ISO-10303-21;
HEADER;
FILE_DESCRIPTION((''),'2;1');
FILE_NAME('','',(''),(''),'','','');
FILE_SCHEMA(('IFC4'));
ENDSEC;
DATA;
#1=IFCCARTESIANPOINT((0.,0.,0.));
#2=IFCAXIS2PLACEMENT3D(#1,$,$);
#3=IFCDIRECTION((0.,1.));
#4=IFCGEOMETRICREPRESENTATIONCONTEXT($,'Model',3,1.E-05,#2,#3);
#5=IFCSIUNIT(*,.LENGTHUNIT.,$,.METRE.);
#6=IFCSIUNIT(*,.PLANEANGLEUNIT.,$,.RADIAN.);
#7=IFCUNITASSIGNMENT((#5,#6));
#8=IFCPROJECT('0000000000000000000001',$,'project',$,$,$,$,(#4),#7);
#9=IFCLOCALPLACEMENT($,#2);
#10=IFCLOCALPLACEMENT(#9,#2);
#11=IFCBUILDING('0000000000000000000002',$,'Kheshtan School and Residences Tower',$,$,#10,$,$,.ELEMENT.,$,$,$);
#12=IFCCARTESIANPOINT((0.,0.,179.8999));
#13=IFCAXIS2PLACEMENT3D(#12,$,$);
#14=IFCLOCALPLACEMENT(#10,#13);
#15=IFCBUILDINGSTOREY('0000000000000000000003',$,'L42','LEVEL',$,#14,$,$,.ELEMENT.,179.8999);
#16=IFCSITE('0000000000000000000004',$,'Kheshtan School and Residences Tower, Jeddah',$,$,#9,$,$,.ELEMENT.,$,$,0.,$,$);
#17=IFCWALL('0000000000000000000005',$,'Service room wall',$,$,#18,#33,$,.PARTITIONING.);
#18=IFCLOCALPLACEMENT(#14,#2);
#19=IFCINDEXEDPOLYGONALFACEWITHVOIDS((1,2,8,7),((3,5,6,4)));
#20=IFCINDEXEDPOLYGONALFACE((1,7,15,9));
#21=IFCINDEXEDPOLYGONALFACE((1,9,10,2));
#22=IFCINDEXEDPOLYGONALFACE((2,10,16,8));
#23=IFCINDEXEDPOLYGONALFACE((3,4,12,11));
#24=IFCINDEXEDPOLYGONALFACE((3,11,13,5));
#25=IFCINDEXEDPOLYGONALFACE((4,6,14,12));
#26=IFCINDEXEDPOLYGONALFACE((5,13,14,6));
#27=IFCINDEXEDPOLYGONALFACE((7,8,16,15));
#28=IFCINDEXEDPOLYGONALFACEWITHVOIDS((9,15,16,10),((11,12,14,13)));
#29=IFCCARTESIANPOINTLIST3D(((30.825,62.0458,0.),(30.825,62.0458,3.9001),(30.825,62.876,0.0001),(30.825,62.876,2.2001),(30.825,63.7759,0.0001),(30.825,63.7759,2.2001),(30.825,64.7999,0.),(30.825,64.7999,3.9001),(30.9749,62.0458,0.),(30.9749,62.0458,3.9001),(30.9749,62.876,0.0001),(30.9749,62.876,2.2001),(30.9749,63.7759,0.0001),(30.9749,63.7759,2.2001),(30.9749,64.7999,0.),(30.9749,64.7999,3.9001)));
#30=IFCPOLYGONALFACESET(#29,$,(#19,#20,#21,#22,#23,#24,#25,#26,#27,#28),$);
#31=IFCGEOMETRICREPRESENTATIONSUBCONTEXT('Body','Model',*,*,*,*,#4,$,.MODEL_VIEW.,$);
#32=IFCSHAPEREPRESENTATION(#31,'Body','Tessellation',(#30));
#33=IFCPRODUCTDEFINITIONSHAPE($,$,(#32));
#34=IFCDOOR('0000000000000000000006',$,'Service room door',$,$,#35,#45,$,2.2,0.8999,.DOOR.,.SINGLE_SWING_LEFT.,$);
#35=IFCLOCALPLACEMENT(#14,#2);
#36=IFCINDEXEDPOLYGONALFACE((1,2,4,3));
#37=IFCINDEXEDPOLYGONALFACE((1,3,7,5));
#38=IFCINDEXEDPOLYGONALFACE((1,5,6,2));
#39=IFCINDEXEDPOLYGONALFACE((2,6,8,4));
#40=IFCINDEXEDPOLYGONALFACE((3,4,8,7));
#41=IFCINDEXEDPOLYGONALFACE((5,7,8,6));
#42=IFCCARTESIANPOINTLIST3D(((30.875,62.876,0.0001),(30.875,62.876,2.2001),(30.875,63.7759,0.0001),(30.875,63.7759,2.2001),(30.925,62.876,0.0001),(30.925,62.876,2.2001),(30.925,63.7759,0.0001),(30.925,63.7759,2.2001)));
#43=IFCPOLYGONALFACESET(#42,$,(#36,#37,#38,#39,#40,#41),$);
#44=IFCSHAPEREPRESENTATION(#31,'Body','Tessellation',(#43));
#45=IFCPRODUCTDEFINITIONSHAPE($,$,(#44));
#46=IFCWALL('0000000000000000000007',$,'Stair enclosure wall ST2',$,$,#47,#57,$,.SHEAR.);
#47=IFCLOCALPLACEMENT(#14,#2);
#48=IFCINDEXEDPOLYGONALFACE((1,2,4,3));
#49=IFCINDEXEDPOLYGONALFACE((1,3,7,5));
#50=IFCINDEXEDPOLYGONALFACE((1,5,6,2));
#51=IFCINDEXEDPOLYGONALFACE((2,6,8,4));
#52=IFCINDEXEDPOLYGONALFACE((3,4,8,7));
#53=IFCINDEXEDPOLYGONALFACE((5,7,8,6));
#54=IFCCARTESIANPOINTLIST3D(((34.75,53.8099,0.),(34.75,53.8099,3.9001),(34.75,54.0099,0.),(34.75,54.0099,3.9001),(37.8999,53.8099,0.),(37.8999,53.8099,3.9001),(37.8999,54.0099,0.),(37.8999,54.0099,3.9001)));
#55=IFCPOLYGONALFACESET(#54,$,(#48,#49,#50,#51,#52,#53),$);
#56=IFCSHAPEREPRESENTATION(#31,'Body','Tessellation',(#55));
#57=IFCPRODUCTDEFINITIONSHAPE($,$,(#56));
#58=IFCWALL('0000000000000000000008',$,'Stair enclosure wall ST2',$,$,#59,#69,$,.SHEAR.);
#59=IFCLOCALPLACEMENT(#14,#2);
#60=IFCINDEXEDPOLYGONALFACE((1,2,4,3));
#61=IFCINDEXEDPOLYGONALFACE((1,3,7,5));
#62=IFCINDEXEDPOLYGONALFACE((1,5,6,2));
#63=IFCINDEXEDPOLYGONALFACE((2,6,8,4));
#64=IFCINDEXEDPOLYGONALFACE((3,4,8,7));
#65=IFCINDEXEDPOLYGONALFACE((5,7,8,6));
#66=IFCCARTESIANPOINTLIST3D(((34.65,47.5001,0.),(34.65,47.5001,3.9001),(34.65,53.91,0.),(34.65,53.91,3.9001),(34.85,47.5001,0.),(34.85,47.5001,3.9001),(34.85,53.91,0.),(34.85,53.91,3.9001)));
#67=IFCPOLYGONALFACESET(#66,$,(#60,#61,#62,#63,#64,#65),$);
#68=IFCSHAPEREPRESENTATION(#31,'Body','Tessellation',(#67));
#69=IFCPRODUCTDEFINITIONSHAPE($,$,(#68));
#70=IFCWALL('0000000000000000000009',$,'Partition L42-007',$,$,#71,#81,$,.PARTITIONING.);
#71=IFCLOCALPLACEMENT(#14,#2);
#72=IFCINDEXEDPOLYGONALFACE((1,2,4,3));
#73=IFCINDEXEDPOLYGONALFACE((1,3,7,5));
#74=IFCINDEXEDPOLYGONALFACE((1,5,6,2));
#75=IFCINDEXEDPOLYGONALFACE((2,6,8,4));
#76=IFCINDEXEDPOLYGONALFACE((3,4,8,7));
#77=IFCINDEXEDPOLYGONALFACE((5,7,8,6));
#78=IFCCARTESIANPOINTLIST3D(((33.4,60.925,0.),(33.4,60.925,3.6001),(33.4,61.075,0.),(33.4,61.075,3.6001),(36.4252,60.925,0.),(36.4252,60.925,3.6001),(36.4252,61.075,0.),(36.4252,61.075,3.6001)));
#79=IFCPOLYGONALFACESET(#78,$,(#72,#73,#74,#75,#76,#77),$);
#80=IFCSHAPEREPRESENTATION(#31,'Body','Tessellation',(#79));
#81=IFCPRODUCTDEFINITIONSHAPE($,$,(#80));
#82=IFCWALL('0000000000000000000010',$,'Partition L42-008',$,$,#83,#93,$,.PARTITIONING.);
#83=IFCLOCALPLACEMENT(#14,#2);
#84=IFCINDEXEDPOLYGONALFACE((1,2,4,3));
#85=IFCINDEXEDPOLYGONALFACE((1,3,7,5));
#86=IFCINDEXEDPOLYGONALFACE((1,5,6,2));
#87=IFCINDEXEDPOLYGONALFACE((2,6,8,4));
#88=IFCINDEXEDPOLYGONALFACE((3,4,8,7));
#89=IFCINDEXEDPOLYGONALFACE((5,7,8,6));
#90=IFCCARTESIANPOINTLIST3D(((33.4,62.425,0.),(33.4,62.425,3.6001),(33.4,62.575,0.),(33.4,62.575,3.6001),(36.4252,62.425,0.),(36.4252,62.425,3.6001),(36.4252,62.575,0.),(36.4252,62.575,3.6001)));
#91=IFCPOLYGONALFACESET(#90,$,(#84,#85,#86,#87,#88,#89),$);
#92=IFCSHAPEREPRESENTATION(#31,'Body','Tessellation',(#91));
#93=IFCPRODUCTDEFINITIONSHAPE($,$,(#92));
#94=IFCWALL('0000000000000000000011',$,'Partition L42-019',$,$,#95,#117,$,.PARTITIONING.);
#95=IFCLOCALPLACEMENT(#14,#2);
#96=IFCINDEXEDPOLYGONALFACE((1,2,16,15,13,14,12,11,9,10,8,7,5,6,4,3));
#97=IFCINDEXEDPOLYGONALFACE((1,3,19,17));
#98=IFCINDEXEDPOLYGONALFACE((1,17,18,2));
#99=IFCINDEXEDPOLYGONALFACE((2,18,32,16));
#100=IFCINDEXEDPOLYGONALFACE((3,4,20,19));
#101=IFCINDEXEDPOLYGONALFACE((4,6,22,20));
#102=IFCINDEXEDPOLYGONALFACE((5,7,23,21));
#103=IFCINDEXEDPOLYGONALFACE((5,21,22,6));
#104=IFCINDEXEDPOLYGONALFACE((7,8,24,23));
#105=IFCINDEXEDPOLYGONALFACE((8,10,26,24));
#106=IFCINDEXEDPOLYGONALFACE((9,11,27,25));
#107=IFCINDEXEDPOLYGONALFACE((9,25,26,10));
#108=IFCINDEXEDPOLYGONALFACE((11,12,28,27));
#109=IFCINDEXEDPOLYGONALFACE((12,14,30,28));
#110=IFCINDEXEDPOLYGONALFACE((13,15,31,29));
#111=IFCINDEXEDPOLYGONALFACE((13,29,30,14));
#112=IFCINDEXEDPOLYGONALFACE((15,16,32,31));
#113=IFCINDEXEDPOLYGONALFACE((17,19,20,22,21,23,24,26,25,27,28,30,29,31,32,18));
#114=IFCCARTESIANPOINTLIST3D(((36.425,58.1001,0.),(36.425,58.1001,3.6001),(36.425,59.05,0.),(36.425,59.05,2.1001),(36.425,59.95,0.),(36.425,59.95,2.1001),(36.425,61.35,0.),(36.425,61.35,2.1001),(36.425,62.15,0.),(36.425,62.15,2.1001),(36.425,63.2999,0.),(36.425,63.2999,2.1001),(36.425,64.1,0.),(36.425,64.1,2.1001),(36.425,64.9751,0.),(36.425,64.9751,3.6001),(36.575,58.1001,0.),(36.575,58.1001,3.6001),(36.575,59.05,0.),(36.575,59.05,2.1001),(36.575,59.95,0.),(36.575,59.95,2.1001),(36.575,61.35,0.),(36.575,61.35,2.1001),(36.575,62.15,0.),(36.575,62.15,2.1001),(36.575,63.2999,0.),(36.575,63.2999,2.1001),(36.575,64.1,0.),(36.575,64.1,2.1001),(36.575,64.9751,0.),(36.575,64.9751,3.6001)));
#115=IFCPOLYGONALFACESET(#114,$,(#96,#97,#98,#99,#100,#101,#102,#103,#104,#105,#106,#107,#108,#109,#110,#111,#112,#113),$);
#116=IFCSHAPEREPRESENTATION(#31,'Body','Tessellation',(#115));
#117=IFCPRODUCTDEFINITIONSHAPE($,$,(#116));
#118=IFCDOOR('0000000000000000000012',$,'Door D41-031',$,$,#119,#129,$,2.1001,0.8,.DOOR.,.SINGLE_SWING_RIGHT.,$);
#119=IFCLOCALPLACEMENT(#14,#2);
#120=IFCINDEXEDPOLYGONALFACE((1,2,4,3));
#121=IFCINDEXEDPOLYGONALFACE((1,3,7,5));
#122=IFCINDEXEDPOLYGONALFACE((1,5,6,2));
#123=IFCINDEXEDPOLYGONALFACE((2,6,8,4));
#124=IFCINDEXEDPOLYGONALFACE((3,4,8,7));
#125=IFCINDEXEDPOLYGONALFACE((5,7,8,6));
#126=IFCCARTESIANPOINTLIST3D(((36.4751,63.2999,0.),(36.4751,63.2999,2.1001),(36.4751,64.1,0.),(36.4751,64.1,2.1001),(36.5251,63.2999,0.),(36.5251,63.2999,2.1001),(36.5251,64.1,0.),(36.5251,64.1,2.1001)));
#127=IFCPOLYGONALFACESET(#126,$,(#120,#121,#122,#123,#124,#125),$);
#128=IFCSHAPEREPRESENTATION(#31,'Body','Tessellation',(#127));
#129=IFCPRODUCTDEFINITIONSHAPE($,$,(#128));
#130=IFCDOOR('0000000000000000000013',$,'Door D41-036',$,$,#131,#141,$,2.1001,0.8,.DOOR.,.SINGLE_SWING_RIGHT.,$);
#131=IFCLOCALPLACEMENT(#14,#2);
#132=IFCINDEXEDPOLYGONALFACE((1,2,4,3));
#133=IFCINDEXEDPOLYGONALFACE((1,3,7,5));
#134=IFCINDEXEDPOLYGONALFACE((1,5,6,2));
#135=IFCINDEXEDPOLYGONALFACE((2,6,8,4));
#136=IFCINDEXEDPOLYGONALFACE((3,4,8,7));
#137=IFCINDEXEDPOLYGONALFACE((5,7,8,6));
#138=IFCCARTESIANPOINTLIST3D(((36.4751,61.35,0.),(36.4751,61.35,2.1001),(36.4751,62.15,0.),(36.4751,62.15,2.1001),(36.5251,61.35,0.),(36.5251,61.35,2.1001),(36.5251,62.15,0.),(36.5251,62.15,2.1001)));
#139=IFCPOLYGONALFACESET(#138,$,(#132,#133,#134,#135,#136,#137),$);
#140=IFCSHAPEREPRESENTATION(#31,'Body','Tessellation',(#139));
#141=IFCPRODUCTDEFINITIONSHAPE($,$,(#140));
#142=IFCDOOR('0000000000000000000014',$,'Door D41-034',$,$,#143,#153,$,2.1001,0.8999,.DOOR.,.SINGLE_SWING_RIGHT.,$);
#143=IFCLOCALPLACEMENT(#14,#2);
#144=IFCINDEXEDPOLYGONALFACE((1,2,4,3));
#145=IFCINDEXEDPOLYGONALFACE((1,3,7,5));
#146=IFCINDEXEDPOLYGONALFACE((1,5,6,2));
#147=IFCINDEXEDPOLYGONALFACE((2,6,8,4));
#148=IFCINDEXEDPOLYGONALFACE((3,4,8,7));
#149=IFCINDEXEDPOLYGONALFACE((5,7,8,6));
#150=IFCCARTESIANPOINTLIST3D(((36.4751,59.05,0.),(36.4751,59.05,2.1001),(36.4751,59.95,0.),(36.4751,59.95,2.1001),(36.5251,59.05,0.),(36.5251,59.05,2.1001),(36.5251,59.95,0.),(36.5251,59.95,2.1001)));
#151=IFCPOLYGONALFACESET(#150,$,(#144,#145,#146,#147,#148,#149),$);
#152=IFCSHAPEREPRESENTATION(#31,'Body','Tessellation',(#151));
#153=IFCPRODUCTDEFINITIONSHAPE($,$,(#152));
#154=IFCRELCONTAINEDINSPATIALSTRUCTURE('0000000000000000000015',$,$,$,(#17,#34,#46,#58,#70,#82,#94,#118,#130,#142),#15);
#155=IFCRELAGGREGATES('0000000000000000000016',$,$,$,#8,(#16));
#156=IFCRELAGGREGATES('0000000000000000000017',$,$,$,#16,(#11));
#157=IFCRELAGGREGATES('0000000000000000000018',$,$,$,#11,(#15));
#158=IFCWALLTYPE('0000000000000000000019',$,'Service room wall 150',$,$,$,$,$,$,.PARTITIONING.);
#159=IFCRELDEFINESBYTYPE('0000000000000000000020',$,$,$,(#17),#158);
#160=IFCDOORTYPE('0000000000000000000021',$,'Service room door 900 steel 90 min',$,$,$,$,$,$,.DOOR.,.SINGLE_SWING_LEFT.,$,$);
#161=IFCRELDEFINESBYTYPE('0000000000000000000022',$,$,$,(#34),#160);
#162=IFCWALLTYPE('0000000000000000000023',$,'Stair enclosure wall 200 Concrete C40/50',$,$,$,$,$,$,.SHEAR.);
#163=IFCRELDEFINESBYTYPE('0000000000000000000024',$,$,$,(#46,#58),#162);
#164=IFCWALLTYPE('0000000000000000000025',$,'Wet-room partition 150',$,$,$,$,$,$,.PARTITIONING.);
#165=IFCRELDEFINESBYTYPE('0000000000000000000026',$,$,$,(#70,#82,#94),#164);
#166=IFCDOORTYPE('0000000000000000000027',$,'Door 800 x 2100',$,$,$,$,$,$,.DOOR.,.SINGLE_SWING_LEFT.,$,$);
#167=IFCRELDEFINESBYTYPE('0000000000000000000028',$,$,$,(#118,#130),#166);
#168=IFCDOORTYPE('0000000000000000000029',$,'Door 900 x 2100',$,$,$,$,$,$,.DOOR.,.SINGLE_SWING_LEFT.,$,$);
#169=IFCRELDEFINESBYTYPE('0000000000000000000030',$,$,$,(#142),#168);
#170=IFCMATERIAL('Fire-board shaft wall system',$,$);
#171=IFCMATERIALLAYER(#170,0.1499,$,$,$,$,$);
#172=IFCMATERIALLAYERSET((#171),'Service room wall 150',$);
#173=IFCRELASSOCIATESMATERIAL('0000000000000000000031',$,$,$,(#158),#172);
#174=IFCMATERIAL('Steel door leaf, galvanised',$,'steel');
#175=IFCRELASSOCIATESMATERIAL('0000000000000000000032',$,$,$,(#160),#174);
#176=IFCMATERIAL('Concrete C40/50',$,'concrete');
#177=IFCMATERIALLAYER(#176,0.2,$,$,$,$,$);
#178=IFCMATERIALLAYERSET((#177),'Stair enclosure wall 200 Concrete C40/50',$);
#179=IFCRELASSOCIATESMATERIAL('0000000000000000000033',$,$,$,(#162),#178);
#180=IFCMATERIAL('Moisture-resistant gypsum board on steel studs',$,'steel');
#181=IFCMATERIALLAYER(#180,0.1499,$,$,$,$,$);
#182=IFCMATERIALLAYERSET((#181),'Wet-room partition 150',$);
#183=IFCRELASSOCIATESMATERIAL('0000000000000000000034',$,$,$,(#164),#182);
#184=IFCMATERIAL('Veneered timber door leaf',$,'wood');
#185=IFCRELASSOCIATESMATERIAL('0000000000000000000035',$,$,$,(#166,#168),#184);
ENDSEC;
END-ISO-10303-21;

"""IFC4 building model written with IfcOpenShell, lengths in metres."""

from ifc_helpers import new_model, si_unit, direction, frame, frame_2d, origin, place, context, subcontext, project, spatial, rectangle, extrude, source, transform, mapped, material, layer, layer_set, type_object, element, fill, save


model = new_model("IFC4")

# Units and contexts
model_context = context("Model", 3, precision=1e-05, world=origin(), true_north=direction((0.0, 1.0)))
body_context = subcontext(model_context, "Body", "Model", "MODEL_VIEW")
ifc_project = project(units=[si_unit("LENGTHUNIT", "METRE"), si_unit("PLANEANGLEUNIT", "RADIAN")], contexts=[model_context])

# Site, building, storey
site_placement = place(None, origin())
site = spatial("IfcSite", under=ifc_project, at=site_placement, Name="Kheshtan School and Residences Tower, Jeddah", CompositionType="ELEMENT", RefElevation=0.0)
building_placement = place(site_placement, origin())
building = spatial("IfcBuilding", under=site, at=building_placement, Name="Kheshtan School and Residences Tower", CompositionType="ELEMENT")
storey_placement = place(building_placement, frame((0.0, 0.0, 179.8999)))
storey = spatial("IfcBuildingStorey", under=building, at=storey_placement, Name="L42", Description="LEVEL", CompositionType="ELEMENT", Elevation=179.8999)

# Shared definitions
ifc_material_1 = material(Name="Fire-board shaft wall system")
ifc_layer_1 = layer(ifc_material_1, 0.1499)
ifc_layer_set_1 = layer_set([ifc_layer_1], Name="Service room wall 150")
wall_type_1 = type_object("IfcWallType", Name="Service room wall 150", PredefinedType="PARTITIONING", material=ifc_layer_set_1)

# Wall, opening, door
wall_1_placement = place(storey_placement, frame((30.8999, 62.0459, 0.0), z_axis=(0.0, 0.0, 1.0), x_axis=(0.0, 1.0, 0.0)))
wall_1 = element("IfcWall", 1, at=wall_1_placement, inside=storey, type_object=wall_type_1, Name="Service room wall", PredefinedType="PARTITIONING", context=body_context, shape_type="SweptSolid", body=[
    extrude(rectangle(XDim=2.7542, YDim=0.1499, at=frame_2d((1.377, 0.0))), origin(), (0.0, 0.0, 1.0), 3.9001),
])
opening_1_placement = place(wall_1_placement, frame((0.8301, 0.0, 0.0)))
opening_1 = element("IfcOpeningElement", 2, at=opening_1_placement, cuts=wall_1, PredefinedType="OPENING", context=body_context, shape_type="SweptSolid", body=[
    extrude(rectangle(XDim=0.8999, YDim=2.2, at=frame_2d((0.45, 1.1001))), frame((0.0, 0.085, 0.0), z_axis=(0.0, -1.0, 0.0), x_axis=(1.0, 0.0, 0.0)), (0.0, 0.0, 1.0), 0.1699),
])
ifc_material_2 = material(Name="Steel door leaf, galvanised", Category="steel")
door_type_1 = type_object("IfcDoorType", Name="Service room door 900 steel 90 min", OperationType="SINGLE_SWING_LEFT", PredefinedType="DOOR", material=ifc_material_2)
shared_shape_1 = source(origin(), body_context, "Body", "SweptSolid", [
    extrude(rectangle(XDim=0.8999, YDim=2.2, at=frame_2d((0.45, 1.1001))), frame((0.0, 0.0249, 0.0), z_axis=(0.0, -1.0, 0.0), x_axis=(1.0, 0.0, 0.0)), (0.0, 0.0, 1.0), 0.05),
])
door_1_placement = place(opening_1_placement, origin())
door_1 = element("IfcDoor", 3, at=door_1_placement, inside=storey, type_object=door_type_1, Name="Service room door", OperationType="SINGLE_SWING_LEFT", OverallHeight=2.2, OverallWidth=0.8999, PredefinedType="DOOR", context=body_context, shape_type="MappedRepresentation", body=[
    mapped(shared_shape_1, transform((0.0, 0.0, 0.0), x_axis=(1.0, 0.0, 0.0), y_axis=(0.0, 1.0, 0.0), z_axis=(0.0, 0.0, 1.0), scale=1.0)),
])
fill(opening_1, door_1)

# Walls
ifc_material_3 = material(Name="Concrete C40/50", Category="concrete")
ifc_layer_2 = layer(ifc_material_3, 0.2)
ifc_layer_set_2 = layer_set([ifc_layer_2], Name="Stair enclosure wall 200 Concrete C40/50")
wall_type_2 = type_object("IfcWallType", Name="Stair enclosure wall 200 Concrete C40/50", PredefinedType="SHEAR", material=ifc_layer_set_2)
wall_2_placement = place(storey_placement, frame((34.75, 53.9099, 0.0), z_axis=(0.0, 0.0, 1.0), x_axis=(1.0, 0.0, 0.0)))
element("IfcWall", 4, at=wall_2_placement, inside=storey, type_object=wall_type_2, Name="Stair enclosure wall ST2", PredefinedType="SHEAR", context=body_context, shape_type="SweptSolid", body=[
    extrude(rectangle(XDim=3.1499, YDim=0.2, at=frame_2d((1.575, 0.0))), origin(), (0.0, 0.0, 1.0), 3.9001),
])
wall_3_placement = place(storey_placement, frame((34.75, 47.5, 0.0), z_axis=(0.0, 0.0, 1.0), x_axis=(0.0, 1.0, 0.0)))
element("IfcWall", 5, at=wall_3_placement, inside=storey, type_object=wall_type_2, Name="Stair enclosure wall ST2", PredefinedType="SHEAR", context=body_context, shape_type="SweptSolid", body=[
    extrude(rectangle(XDim=6.4099, YDim=0.2, at=frame_2d((3.2051, 0.0))), origin(), (0.0, 0.0, 1.0), 3.9001),
])
ifc_material_4 = material(Name="Moisture-resistant gypsum board on steel studs", Category="steel")
ifc_layer_3 = layer(ifc_material_4, 0.1499)
ifc_layer_set_3 = layer_set([ifc_layer_3], Name="Wet-room partition 150")
wall_type_3 = type_object("IfcWallType", Name="Wet-room partition 150", PredefinedType="PARTITIONING", material=ifc_layer_set_3)
for number, where, z_axis, x_axis, name in (
    (6, (33.3999, 61.0, 0.0), (0.0, 0.0, 1.0), (1.0, 0.0, 0.0), "Partition L42-007"),
    (7, (33.3999, 62.5, 0.0), (0.0, 0.0, 1.0), (1.0, 0.0, 0.0), "Partition L42-008"),
):
    element("IfcWall", number, at=place(storey_placement, frame(where, z_axis=z_axis, x_axis=x_axis)), inside=storey, type_object=wall_type_3, Name=name, PredefinedType="PARTITIONING", context=body_context, shape_type="SweptSolid", body=[
        extrude(rectangle(XDim=3.0251, YDim=0.1499, at=frame_2d((1.5127, 0.0))), origin(), (0.0, 0.0, 1.0), 3.6001),
    ])

# Wall, openings, doors
wall_4_placement = place(storey_placement, frame((36.5, 58.1001, 0.0), z_axis=(0.0, 0.0, 1.0), x_axis=(0.0, 1.0, 0.0)))
wall_4 = element("IfcWall", 8, at=wall_4_placement, inside=storey, type_object=wall_type_3, Name="Partition L42-019", PredefinedType="PARTITIONING", context=body_context, shape_type="SweptSolid", body=[
    extrude(rectangle(XDim=6.875, YDim=0.1499, at=frame_2d((3.4375, 0.0))), origin(), (0.0, 0.0, 1.0), 3.6001),
])
opening_2_placement = place(wall_4_placement, frame((5.2, 0.0, 0.0)))
opening_2 = element("IfcOpeningElement", 9, at=opening_2_placement, cuts=wall_4, PredefinedType="OPENING", context=body_context, shape_type="SweptSolid", body=[
    extrude(rectangle(XDim=0.8, YDim=2.1001, at=frame_2d((0.3999, 1.05))), frame((0.0, 0.085, 0.0), z_axis=(0.0, -1.0, 0.0), x_axis=(1.0, 0.0, 0.0)), (0.0, 0.0, 1.0), 0.1699),
])
opening_3_placement = place(wall_4_placement, frame((0.95, 0.0, 0.0)))
opening_3 = element("IfcOpeningElement", 10, at=opening_3_placement, cuts=wall_4, PredefinedType="OPENING", context=body_context, shape_type="SweptSolid", body=[
    extrude(rectangle(XDim=0.8999, YDim=2.1001, at=frame_2d((0.45, 1.05))), frame((0.0, 0.085, 0.0), z_axis=(0.0, -1.0, 0.0), x_axis=(1.0, 0.0, 0.0)), (0.0, 0.0, 1.0), 0.1699),
])
opening_4_placement = place(wall_4_placement, frame((3.25, 0.0, 0.0)))
opening_4 = element("IfcOpeningElement", 11, at=opening_4_placement, cuts=wall_4, PredefinedType="OPENING", context=body_context, shape_type="SweptSolid", body=[
    extrude(rectangle(XDim=0.8, YDim=2.1001, at=frame_2d((0.3999, 1.05))), frame((0.0, 0.085, 0.0), z_axis=(0.0, -1.0, 0.0), x_axis=(1.0, 0.0, 0.0)), (0.0, 0.0, 1.0), 0.1699),
])
ifc_material_5 = material(Name="Veneered timber door leaf", Category="wood")
door_type_2 = type_object("IfcDoorType", Name="Door 800 x 2100", OperationType="SINGLE_SWING_LEFT", PredefinedType="DOOR", material=ifc_material_5)
shared_shape_2 = source(origin(), body_context, "Body", "SweptSolid", [
    extrude(rectangle(XDim=0.8, YDim=2.1001, at=frame_2d((0.3999, 1.05))), frame((0.0, 0.0249, 0.0), z_axis=(0.0, -1.0, 0.0), x_axis=(1.0, 0.0, 0.0)), (0.0, 0.0, 1.0), 0.05),
])
door_2_placement = place(opening_2_placement, origin())
door_2 = element("IfcDoor", 12, at=door_2_placement, inside=storey, type_object=door_type_2, Name="Door D41-031", OperationType="SINGLE_SWING_RIGHT", OverallHeight=2.1001, OverallWidth=0.8, PredefinedType="DOOR", context=body_context, shape_type="MappedRepresentation", body=[
    mapped(shared_shape_2, transform((0.0, 0.0, 0.0), x_axis=(1.0, 0.0, 0.0), y_axis=(0.0, 1.0, 0.0), z_axis=(0.0, 0.0, 1.0), scale=1.0)),
])
fill(opening_2, door_2)
door_3_placement = place(opening_4_placement, origin())
door_3 = element("IfcDoor", 13, at=door_3_placement, inside=storey, type_object=door_type_2, Name="Door D41-036", OperationType="SINGLE_SWING_RIGHT", OverallHeight=2.1001, OverallWidth=0.8, PredefinedType="DOOR", context=body_context, shape_type="MappedRepresentation", body=[
    mapped(shared_shape_2, transform((0.0, 0.0, 0.0), x_axis=(1.0, 0.0, 0.0), y_axis=(0.0, 1.0, 0.0), z_axis=(0.0, 0.0, 1.0), scale=1.0)),
])
fill(opening_4, door_3)
door_type_3 = type_object("IfcDoorType", Name="Door 900 x 2100", OperationType="SINGLE_SWING_LEFT", PredefinedType="DOOR", material=ifc_material_5)
shared_shape_3 = source(origin(), body_context, "Body", "SweptSolid", [
    extrude(rectangle(XDim=0.8999, YDim=2.1001, at=frame_2d((0.45, 1.05))), frame((0.0, 0.0249, 0.0), z_axis=(0.0, -1.0, 0.0), x_axis=(1.0, 0.0, 0.0)), (0.0, 0.0, 1.0), 0.05),
])
door_4_placement = place(opening_3_placement, origin())
door_4 = element("IfcDoor", 14, at=door_4_placement, inside=storey, type_object=door_type_3, Name="Door D41-034", OperationType="SINGLE_SWING_RIGHT", OverallHeight=2.1001, OverallWidth=0.8999, PredefinedType="DOOR", context=body_context, shape_type="MappedRepresentation", body=[
    mapped(shared_shape_3, transform((0.0, 0.0, 0.0), x_axis=(1.0, 0.0, 0.0), y_axis=(0.0, 1.0, 0.0), z_axis=(0.0, 0.0, 1.0), scale=1.0)),
])
fill(opening_3, door_4)

save(model, "model.ifc")
